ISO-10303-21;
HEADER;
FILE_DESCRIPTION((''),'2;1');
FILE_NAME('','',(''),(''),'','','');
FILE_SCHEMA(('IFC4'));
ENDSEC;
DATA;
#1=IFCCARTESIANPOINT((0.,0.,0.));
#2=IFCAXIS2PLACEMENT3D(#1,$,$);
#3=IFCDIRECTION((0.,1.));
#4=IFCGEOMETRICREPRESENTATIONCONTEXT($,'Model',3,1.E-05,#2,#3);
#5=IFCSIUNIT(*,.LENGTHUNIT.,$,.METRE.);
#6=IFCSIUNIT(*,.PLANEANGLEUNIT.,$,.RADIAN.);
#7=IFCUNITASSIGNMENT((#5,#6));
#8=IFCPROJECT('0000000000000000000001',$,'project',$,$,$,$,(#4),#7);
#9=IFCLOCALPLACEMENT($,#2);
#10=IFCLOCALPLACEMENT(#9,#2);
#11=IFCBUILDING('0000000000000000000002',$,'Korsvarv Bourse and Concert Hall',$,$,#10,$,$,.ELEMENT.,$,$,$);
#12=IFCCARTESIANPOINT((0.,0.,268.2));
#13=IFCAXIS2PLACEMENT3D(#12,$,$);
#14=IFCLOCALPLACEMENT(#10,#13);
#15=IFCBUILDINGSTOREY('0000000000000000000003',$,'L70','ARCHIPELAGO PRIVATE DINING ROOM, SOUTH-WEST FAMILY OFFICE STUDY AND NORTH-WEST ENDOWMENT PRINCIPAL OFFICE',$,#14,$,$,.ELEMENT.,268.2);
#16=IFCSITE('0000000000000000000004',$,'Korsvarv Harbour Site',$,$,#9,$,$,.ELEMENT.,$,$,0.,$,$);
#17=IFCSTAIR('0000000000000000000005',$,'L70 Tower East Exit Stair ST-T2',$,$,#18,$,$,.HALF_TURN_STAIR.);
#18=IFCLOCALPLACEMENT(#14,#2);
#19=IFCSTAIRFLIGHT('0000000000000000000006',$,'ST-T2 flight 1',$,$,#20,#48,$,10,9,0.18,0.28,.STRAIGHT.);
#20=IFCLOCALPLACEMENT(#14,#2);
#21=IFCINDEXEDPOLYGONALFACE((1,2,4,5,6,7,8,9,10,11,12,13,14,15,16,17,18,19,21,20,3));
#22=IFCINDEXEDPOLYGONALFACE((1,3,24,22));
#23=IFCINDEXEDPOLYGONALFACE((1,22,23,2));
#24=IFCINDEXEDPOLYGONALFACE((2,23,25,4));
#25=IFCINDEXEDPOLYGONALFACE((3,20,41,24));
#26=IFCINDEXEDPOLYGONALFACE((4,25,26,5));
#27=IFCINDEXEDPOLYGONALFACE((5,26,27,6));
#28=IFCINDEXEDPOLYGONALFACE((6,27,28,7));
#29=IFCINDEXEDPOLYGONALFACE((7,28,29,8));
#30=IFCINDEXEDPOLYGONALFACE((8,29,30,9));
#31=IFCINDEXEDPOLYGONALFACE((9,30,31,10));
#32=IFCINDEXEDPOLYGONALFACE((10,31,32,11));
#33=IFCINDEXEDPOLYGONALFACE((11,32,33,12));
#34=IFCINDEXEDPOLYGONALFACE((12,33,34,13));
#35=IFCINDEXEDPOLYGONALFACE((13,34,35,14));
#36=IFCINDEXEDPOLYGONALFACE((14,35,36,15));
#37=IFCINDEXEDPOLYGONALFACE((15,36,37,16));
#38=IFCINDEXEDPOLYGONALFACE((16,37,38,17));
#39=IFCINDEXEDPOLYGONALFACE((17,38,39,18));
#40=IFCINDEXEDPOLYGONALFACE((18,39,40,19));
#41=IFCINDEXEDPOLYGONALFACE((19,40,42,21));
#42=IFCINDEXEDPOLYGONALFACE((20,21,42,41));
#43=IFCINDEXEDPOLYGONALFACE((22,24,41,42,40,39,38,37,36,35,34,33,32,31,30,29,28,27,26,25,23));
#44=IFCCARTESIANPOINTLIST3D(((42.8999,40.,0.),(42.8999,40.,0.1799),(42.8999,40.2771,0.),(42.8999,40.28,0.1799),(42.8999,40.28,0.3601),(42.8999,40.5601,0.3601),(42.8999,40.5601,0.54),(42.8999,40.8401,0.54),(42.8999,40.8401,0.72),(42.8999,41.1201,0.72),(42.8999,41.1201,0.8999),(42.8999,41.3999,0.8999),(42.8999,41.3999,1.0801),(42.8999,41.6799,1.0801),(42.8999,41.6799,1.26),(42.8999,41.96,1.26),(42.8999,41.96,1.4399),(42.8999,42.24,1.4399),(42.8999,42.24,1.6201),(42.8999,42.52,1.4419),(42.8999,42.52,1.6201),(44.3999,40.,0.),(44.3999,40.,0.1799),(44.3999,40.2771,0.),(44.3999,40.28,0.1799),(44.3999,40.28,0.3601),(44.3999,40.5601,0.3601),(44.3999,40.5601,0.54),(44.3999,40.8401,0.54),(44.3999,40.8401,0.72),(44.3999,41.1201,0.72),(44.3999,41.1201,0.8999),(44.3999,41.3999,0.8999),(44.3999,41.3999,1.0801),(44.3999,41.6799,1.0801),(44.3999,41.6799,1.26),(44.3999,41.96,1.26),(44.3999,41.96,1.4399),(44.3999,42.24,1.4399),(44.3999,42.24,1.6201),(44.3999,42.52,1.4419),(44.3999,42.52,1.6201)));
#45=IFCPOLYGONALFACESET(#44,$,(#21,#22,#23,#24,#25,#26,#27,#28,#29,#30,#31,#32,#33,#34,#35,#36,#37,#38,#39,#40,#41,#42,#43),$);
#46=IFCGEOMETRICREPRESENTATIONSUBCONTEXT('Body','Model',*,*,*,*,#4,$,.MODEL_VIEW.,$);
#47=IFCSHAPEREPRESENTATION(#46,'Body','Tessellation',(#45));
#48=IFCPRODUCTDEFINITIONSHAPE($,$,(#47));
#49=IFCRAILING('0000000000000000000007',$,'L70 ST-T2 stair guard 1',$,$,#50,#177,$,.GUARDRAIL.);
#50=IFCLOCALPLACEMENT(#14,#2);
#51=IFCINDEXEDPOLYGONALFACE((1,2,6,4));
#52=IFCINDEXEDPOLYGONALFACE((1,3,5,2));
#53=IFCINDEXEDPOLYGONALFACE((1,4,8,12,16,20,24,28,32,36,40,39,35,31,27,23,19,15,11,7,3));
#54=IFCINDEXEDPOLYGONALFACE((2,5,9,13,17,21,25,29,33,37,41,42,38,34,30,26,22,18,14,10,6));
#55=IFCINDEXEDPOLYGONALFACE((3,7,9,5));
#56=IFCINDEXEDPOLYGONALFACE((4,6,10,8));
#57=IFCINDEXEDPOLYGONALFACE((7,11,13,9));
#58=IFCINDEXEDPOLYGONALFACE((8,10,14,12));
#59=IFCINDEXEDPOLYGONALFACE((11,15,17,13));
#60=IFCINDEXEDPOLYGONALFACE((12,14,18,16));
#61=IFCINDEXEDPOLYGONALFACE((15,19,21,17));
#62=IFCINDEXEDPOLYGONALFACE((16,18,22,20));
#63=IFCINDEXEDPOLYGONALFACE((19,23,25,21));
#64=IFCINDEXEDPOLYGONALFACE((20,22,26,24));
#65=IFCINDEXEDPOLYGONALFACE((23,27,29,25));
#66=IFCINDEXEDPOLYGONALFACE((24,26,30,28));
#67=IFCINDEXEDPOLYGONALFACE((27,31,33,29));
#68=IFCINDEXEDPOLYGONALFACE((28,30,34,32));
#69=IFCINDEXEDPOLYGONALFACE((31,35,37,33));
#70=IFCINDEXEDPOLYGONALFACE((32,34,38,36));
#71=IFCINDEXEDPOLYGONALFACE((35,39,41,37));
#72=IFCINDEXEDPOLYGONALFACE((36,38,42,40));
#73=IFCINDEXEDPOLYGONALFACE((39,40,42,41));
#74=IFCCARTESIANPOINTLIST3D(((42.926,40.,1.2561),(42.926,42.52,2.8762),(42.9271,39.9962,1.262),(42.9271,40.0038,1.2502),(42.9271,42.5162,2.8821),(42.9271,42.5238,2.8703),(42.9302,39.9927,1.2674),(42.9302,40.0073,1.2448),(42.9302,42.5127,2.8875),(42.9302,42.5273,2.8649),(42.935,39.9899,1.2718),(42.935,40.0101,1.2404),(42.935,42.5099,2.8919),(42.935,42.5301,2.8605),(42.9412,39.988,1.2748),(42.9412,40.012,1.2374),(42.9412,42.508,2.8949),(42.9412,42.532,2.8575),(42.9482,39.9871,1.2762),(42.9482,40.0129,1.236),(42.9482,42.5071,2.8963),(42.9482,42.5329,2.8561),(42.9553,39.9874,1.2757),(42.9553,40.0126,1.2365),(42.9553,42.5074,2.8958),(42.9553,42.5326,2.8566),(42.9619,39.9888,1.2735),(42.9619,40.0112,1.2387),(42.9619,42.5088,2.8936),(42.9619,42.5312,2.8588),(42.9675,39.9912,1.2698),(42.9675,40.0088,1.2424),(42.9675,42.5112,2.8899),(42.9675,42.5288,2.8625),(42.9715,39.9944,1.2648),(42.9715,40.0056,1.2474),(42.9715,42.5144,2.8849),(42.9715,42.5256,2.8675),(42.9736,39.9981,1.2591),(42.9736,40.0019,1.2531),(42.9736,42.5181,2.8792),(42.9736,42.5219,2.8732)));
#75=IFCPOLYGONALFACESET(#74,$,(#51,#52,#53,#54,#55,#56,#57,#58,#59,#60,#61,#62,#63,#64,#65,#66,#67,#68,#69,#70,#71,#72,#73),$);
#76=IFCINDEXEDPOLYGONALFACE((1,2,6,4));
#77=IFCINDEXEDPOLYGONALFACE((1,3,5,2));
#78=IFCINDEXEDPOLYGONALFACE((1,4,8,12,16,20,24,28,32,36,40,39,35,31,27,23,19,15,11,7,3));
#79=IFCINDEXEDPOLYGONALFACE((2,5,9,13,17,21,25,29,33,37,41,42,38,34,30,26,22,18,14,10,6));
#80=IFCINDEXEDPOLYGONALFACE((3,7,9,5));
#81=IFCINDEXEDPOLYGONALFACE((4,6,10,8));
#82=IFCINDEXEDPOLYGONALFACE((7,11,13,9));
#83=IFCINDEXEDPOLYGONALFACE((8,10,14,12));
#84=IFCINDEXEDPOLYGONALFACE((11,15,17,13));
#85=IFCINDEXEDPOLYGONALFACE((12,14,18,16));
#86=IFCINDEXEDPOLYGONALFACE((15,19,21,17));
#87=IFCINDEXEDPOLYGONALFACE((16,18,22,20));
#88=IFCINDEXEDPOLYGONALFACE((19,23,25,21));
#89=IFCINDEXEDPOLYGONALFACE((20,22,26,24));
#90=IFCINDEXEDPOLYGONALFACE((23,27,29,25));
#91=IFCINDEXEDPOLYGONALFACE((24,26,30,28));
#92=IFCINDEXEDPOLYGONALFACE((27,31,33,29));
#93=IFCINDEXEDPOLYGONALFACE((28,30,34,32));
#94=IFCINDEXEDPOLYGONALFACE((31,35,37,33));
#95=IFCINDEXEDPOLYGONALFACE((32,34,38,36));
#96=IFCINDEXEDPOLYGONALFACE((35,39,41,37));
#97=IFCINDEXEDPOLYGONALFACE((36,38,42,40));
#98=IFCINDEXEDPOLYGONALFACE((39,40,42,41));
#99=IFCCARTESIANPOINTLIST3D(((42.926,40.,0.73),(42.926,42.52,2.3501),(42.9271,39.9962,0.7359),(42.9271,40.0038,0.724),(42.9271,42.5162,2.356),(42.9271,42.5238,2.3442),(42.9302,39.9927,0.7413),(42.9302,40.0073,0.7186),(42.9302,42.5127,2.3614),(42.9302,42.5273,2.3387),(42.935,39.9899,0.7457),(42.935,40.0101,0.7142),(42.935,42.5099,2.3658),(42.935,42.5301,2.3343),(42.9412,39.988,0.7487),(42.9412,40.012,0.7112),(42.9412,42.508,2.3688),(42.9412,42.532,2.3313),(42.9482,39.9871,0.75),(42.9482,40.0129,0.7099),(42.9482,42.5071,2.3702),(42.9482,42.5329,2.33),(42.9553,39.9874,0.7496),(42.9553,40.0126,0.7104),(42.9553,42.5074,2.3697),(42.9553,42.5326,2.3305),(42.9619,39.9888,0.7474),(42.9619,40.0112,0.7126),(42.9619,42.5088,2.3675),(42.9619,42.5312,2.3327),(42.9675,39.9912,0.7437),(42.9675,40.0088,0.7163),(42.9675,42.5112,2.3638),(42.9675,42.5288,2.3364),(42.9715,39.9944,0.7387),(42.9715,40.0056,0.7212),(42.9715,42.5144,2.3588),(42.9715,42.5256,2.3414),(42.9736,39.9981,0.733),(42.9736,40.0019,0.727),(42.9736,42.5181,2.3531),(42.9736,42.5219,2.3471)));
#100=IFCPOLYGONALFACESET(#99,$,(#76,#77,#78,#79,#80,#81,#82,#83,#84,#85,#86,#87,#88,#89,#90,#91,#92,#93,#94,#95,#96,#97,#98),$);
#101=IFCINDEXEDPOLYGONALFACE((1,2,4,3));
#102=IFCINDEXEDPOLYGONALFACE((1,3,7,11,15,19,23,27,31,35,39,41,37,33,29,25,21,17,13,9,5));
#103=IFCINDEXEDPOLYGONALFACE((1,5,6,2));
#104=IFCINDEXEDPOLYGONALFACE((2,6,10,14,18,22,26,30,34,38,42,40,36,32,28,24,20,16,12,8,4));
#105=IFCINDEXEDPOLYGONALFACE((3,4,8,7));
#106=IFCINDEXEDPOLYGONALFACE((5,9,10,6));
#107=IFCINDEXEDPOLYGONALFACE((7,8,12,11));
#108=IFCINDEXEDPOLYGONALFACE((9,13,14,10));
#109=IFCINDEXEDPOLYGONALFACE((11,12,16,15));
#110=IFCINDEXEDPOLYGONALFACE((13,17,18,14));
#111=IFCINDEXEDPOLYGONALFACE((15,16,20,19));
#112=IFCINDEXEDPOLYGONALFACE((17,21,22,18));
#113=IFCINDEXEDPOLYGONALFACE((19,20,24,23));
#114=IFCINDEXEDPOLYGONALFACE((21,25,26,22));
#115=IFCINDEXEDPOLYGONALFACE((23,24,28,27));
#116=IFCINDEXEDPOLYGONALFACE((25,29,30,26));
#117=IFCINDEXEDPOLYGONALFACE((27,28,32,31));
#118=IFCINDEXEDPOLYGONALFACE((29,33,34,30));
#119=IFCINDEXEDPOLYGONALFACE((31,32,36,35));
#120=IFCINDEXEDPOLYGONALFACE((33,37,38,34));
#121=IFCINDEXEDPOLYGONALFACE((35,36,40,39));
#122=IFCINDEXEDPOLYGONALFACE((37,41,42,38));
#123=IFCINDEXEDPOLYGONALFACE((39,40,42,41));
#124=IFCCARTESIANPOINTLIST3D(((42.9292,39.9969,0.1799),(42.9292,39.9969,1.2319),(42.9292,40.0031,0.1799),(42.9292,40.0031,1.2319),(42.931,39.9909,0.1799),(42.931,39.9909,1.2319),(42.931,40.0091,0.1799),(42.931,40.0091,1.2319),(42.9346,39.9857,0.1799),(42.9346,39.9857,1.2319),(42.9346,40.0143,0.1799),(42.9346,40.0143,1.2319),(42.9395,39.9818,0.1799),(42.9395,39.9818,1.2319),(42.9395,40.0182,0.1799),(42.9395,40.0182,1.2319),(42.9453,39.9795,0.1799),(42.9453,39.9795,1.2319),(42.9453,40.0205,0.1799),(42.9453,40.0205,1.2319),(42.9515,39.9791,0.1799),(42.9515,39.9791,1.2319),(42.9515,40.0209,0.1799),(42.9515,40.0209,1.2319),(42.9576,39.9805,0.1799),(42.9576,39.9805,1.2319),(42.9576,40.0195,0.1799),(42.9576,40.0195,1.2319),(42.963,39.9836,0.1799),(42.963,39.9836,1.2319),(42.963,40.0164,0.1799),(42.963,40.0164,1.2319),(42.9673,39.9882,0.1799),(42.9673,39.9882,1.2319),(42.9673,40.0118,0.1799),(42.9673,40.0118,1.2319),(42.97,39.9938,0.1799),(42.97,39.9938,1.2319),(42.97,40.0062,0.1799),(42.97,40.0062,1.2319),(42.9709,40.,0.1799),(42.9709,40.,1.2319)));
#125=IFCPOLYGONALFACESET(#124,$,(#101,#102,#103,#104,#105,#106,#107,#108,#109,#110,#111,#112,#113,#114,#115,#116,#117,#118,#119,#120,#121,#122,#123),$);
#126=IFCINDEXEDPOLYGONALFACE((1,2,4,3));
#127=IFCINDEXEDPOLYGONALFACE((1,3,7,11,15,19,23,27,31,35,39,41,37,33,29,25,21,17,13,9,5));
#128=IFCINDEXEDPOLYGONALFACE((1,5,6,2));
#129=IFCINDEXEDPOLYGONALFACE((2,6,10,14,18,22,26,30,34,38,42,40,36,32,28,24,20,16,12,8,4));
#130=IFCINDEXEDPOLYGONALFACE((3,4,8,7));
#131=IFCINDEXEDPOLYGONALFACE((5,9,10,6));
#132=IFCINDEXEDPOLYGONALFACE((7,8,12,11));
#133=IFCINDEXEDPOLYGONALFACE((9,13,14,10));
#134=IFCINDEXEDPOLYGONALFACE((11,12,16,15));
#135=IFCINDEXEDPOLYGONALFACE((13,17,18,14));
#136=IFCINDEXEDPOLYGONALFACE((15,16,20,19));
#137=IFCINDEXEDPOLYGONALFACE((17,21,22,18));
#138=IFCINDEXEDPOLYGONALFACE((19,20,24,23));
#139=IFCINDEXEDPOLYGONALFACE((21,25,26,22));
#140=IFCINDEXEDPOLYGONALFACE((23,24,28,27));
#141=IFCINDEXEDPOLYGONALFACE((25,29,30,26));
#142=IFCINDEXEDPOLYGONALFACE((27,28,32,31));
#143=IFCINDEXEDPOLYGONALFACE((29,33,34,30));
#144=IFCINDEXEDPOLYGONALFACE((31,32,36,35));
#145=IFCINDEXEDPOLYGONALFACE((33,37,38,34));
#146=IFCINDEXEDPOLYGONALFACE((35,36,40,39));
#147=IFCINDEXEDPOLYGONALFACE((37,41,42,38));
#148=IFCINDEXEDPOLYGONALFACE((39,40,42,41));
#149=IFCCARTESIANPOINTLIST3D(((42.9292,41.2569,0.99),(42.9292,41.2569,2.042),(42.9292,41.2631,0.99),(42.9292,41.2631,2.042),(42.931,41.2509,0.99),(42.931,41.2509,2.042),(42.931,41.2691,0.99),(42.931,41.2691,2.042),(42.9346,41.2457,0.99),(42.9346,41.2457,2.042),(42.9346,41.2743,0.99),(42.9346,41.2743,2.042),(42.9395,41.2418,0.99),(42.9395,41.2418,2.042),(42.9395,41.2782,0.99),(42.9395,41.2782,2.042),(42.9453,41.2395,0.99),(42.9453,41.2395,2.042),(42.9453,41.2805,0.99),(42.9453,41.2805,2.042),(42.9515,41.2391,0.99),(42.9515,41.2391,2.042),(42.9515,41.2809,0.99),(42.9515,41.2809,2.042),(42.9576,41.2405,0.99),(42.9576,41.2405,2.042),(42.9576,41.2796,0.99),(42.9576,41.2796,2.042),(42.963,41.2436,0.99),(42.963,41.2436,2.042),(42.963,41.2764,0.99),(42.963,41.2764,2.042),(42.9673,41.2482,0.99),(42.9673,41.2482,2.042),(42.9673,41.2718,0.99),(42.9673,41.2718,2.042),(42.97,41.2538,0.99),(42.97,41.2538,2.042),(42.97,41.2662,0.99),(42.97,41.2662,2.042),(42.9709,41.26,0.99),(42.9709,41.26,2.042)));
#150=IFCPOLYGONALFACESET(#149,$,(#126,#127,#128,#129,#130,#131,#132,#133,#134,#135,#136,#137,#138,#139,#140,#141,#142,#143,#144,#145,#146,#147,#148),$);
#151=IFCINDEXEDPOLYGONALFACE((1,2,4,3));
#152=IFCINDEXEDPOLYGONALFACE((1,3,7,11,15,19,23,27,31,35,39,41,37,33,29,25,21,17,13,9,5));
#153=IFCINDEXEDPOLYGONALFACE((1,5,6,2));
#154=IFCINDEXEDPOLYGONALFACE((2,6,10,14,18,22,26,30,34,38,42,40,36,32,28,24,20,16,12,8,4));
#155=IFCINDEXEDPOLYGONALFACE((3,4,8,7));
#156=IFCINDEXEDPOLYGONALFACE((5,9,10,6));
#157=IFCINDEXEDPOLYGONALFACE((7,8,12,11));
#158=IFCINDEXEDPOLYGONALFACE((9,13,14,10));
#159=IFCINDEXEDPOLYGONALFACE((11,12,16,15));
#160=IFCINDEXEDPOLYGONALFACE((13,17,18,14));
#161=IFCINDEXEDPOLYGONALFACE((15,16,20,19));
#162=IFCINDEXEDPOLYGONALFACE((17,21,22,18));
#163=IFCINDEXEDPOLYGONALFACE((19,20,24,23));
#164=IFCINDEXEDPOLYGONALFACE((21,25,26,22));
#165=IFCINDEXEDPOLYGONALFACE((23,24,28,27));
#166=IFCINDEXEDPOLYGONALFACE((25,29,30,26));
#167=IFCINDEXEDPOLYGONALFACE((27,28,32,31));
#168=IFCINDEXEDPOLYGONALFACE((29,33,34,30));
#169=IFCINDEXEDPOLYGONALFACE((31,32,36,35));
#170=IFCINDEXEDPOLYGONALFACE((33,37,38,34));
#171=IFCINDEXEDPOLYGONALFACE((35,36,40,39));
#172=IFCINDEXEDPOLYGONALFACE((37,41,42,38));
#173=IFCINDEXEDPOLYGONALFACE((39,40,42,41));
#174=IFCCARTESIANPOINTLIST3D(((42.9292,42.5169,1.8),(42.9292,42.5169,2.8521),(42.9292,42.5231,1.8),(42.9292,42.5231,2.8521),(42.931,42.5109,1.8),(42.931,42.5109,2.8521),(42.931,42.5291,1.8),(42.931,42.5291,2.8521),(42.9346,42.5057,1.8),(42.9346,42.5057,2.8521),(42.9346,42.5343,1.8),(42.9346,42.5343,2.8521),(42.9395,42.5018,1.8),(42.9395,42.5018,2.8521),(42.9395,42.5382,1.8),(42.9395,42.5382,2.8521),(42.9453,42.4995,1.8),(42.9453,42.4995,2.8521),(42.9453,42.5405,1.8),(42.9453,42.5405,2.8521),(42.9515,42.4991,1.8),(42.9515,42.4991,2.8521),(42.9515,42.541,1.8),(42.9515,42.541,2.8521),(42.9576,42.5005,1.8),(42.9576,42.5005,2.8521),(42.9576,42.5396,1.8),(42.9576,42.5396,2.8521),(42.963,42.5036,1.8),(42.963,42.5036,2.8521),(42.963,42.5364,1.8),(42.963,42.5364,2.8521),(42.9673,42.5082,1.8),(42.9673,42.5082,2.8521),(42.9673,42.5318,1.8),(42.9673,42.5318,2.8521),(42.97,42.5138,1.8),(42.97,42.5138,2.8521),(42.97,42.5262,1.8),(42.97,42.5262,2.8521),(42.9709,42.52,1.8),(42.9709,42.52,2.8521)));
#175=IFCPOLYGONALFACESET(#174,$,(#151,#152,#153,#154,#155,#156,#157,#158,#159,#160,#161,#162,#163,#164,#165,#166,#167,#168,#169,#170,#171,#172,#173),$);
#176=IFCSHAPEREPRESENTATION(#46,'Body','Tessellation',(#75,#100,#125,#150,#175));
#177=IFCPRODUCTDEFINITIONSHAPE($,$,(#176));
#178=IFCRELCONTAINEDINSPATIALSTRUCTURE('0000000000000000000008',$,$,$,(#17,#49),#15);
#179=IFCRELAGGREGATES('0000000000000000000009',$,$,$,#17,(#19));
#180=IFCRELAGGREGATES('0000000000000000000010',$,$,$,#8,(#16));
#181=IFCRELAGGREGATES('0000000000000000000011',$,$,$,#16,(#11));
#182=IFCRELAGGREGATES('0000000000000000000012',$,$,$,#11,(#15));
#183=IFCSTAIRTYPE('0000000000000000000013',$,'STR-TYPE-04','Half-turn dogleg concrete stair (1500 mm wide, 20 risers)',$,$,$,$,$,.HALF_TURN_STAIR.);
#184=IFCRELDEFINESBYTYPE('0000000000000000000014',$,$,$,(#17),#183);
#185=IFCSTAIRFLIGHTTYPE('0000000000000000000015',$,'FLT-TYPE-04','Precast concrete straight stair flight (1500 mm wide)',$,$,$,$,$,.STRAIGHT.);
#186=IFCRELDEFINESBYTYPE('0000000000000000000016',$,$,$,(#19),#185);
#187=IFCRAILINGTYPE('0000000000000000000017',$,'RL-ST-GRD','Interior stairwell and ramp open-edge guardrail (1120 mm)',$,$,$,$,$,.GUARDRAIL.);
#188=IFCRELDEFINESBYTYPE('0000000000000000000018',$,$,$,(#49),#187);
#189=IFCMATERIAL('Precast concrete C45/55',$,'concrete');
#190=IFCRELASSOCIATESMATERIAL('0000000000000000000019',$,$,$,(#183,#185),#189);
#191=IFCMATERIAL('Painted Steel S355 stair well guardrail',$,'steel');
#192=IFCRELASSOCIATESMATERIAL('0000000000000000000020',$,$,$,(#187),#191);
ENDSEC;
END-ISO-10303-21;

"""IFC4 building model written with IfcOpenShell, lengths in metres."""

from ifc_helpers import new_model, si_unit, direction, frame, origin, origin_2d, place, context, subcontext, project, spatial, polyline, circle, outline, extrude, material, type_object, element, aggregate, save


model = new_model("IFC4")

# Units and contexts
model_context = context("Model", 3, precision=1e-05, world=origin(), true_north=direction((0.0, 1.0)))
body_context = subcontext(model_context, "Body", "Model", "MODEL_VIEW")
ifc_project = project(units=[si_unit("LENGTHUNIT", "METRE"), si_unit("PLANEANGLEUNIT", "RADIAN")], contexts=[model_context])

# Site, building, storey
site_placement = place(None, origin())
site = spatial("IfcSite", under=ifc_project, at=site_placement, Name="Korsvarv Harbour Site", CompositionType="ELEMENT", RefElevation=0.0)
building_placement = place(site_placement, origin())
building = spatial("IfcBuilding", under=site, at=building_placement, Name="Korsvarv Bourse and Concert Hall", CompositionType="ELEMENT")
storey_placement = place(building_placement, frame((0.0, 0.0, 268.2)))
storey = spatial("IfcBuildingStorey", under=building, at=storey_placement, Name="L70", Description="ARCHIPELAGO PRIVATE DINING ROOM, SOUTH-WEST FAMILY OFFICE STUDY AND NORTH-WEST ENDOWMENT PRINCIPAL OFFICE", CompositionType="ELEMENT", Elevation=268.2)

# Stair, stair flight
ifc_material_1 = material(Name="Precast concrete C45/55", Category="concrete")
stair_type = type_object("IfcStairType", Name="STR-TYPE-04", Description="Half-turn dogleg concrete stair (1500 mm wide, 20 risers)", PredefinedType="HALF_TURN_STAIR", material=ifc_material_1)
stair_placement = place(storey_placement, origin())
stair = element("IfcStair", 1, at=stair_placement, inside=storey, type_object=stair_type, Name="L70 Tower East Exit Stair ST-T2", PredefinedType="HALF_TURN_STAIR")
stair_flight_type = type_object("IfcStairFlightType", Name="FLT-TYPE-04", Description="Precast concrete straight stair flight (1500 mm wide)", PredefinedType="STRAIGHT", material=ifc_material_1)
stair_flight_placement = place(storey_placement, frame((43.6499, 40.0, 0.0), z_axis=(0.0, 0.0, 1.0), x_axis=(0.0, 1.0, 0.0)))
stair_flight = element("IfcStairFlight", 2, at=stair_flight_placement, type_object=stair_flight_type, Name="ST-T2 flight 1", NumberOfRisers=10, NumberOfTreads=9, PredefinedType="STRAIGHT", RiserHeight=0.18, TreadLength=0.28, context=body_context, shape_type="SweptSolid", body=[
    extrude(outline(polyline([(0.0, 0.0), (0.0, 0.1799), (0.28, 0.1799), (0.28, 0.3601), (0.5601, 0.3601), (0.5601, 0.54), (0.8401, 0.54), (0.8401, 0.72), (1.1201, 0.72), (1.1201, 0.8999), (1.3999, 0.8999), (1.3999, 1.0801), (1.6799, 1.0801), (1.6799, 1.26), (1.96, 1.26), (1.96, 1.4399), (2.24, 1.4399), (2.24, 1.6201), (2.52, 1.6201), (2.52, 1.8), (2.52, 1.4419), (0.2771, 0.0), (0.0, 0.0)])), frame((0.0, 0.75, 0.0), z_axis=(0.0, -1.0, 0.0), x_axis=(1.0, 0.0, 0.0)), (0.0, 0.0, 1.0), 1.5),
])
aggregate(stair, [stair_flight])

# Railing
ifc_material_2 = material(Name="Painted Steel S355 stair well guardrail", Category="steel")
railing_type_1 = type_object("IfcRailingType", Name="RL-ST-GRD", Description="Interior stairwell and ramp open-edge guardrail (1120 mm)", PredefinedType="GUARDRAIL", material=ifc_material_2)
railing_1_placement = place(storey_placement, frame((42.95, 40.0, 0.1799)))
element("IfcRailing", 3, at=railing_1_placement, inside=storey, type_object=railing_type_1, Name="L70 ST-T2 stair guard 1", PredefinedType="GUARDRAIL", context=body_context, shape_type="SweptSolid", body=[
    extrude(circle(Radius=0.0239, at=origin_2d()), frame((0.0, 0.0, 1.0762), z_axis=(0.0, 0.841163, 0.540782), x_axis=(-1.0, 0.0, 0.0)), (0.0, 0.0, 1.0), 2.9958),
    extrude(circle(Radius=0.0239, at=origin_2d()), frame((0.0, 0.0, 0.55), z_axis=(0.0, 0.841163, 0.540782), x_axis=(-1.0, 0.0, 0.0)), (0.0, 0.0, 1.0), 2.9958),
    extrude(circle(Radius=0.021, at=origin_2d()), origin(), (0.0, 0.0, 1.0), 1.052),
    extrude(circle(Radius=0.021, at=origin_2d()), frame((0.0, 1.26, 0.8101)), (0.0, 0.0, 1.0), 1.052),
    extrude(circle(Radius=0.021, at=origin_2d()), frame((0.0, 2.52, 1.6201)), (0.0, 0.0, 1.0), 1.052),
])

save(model, "model.ifc")
